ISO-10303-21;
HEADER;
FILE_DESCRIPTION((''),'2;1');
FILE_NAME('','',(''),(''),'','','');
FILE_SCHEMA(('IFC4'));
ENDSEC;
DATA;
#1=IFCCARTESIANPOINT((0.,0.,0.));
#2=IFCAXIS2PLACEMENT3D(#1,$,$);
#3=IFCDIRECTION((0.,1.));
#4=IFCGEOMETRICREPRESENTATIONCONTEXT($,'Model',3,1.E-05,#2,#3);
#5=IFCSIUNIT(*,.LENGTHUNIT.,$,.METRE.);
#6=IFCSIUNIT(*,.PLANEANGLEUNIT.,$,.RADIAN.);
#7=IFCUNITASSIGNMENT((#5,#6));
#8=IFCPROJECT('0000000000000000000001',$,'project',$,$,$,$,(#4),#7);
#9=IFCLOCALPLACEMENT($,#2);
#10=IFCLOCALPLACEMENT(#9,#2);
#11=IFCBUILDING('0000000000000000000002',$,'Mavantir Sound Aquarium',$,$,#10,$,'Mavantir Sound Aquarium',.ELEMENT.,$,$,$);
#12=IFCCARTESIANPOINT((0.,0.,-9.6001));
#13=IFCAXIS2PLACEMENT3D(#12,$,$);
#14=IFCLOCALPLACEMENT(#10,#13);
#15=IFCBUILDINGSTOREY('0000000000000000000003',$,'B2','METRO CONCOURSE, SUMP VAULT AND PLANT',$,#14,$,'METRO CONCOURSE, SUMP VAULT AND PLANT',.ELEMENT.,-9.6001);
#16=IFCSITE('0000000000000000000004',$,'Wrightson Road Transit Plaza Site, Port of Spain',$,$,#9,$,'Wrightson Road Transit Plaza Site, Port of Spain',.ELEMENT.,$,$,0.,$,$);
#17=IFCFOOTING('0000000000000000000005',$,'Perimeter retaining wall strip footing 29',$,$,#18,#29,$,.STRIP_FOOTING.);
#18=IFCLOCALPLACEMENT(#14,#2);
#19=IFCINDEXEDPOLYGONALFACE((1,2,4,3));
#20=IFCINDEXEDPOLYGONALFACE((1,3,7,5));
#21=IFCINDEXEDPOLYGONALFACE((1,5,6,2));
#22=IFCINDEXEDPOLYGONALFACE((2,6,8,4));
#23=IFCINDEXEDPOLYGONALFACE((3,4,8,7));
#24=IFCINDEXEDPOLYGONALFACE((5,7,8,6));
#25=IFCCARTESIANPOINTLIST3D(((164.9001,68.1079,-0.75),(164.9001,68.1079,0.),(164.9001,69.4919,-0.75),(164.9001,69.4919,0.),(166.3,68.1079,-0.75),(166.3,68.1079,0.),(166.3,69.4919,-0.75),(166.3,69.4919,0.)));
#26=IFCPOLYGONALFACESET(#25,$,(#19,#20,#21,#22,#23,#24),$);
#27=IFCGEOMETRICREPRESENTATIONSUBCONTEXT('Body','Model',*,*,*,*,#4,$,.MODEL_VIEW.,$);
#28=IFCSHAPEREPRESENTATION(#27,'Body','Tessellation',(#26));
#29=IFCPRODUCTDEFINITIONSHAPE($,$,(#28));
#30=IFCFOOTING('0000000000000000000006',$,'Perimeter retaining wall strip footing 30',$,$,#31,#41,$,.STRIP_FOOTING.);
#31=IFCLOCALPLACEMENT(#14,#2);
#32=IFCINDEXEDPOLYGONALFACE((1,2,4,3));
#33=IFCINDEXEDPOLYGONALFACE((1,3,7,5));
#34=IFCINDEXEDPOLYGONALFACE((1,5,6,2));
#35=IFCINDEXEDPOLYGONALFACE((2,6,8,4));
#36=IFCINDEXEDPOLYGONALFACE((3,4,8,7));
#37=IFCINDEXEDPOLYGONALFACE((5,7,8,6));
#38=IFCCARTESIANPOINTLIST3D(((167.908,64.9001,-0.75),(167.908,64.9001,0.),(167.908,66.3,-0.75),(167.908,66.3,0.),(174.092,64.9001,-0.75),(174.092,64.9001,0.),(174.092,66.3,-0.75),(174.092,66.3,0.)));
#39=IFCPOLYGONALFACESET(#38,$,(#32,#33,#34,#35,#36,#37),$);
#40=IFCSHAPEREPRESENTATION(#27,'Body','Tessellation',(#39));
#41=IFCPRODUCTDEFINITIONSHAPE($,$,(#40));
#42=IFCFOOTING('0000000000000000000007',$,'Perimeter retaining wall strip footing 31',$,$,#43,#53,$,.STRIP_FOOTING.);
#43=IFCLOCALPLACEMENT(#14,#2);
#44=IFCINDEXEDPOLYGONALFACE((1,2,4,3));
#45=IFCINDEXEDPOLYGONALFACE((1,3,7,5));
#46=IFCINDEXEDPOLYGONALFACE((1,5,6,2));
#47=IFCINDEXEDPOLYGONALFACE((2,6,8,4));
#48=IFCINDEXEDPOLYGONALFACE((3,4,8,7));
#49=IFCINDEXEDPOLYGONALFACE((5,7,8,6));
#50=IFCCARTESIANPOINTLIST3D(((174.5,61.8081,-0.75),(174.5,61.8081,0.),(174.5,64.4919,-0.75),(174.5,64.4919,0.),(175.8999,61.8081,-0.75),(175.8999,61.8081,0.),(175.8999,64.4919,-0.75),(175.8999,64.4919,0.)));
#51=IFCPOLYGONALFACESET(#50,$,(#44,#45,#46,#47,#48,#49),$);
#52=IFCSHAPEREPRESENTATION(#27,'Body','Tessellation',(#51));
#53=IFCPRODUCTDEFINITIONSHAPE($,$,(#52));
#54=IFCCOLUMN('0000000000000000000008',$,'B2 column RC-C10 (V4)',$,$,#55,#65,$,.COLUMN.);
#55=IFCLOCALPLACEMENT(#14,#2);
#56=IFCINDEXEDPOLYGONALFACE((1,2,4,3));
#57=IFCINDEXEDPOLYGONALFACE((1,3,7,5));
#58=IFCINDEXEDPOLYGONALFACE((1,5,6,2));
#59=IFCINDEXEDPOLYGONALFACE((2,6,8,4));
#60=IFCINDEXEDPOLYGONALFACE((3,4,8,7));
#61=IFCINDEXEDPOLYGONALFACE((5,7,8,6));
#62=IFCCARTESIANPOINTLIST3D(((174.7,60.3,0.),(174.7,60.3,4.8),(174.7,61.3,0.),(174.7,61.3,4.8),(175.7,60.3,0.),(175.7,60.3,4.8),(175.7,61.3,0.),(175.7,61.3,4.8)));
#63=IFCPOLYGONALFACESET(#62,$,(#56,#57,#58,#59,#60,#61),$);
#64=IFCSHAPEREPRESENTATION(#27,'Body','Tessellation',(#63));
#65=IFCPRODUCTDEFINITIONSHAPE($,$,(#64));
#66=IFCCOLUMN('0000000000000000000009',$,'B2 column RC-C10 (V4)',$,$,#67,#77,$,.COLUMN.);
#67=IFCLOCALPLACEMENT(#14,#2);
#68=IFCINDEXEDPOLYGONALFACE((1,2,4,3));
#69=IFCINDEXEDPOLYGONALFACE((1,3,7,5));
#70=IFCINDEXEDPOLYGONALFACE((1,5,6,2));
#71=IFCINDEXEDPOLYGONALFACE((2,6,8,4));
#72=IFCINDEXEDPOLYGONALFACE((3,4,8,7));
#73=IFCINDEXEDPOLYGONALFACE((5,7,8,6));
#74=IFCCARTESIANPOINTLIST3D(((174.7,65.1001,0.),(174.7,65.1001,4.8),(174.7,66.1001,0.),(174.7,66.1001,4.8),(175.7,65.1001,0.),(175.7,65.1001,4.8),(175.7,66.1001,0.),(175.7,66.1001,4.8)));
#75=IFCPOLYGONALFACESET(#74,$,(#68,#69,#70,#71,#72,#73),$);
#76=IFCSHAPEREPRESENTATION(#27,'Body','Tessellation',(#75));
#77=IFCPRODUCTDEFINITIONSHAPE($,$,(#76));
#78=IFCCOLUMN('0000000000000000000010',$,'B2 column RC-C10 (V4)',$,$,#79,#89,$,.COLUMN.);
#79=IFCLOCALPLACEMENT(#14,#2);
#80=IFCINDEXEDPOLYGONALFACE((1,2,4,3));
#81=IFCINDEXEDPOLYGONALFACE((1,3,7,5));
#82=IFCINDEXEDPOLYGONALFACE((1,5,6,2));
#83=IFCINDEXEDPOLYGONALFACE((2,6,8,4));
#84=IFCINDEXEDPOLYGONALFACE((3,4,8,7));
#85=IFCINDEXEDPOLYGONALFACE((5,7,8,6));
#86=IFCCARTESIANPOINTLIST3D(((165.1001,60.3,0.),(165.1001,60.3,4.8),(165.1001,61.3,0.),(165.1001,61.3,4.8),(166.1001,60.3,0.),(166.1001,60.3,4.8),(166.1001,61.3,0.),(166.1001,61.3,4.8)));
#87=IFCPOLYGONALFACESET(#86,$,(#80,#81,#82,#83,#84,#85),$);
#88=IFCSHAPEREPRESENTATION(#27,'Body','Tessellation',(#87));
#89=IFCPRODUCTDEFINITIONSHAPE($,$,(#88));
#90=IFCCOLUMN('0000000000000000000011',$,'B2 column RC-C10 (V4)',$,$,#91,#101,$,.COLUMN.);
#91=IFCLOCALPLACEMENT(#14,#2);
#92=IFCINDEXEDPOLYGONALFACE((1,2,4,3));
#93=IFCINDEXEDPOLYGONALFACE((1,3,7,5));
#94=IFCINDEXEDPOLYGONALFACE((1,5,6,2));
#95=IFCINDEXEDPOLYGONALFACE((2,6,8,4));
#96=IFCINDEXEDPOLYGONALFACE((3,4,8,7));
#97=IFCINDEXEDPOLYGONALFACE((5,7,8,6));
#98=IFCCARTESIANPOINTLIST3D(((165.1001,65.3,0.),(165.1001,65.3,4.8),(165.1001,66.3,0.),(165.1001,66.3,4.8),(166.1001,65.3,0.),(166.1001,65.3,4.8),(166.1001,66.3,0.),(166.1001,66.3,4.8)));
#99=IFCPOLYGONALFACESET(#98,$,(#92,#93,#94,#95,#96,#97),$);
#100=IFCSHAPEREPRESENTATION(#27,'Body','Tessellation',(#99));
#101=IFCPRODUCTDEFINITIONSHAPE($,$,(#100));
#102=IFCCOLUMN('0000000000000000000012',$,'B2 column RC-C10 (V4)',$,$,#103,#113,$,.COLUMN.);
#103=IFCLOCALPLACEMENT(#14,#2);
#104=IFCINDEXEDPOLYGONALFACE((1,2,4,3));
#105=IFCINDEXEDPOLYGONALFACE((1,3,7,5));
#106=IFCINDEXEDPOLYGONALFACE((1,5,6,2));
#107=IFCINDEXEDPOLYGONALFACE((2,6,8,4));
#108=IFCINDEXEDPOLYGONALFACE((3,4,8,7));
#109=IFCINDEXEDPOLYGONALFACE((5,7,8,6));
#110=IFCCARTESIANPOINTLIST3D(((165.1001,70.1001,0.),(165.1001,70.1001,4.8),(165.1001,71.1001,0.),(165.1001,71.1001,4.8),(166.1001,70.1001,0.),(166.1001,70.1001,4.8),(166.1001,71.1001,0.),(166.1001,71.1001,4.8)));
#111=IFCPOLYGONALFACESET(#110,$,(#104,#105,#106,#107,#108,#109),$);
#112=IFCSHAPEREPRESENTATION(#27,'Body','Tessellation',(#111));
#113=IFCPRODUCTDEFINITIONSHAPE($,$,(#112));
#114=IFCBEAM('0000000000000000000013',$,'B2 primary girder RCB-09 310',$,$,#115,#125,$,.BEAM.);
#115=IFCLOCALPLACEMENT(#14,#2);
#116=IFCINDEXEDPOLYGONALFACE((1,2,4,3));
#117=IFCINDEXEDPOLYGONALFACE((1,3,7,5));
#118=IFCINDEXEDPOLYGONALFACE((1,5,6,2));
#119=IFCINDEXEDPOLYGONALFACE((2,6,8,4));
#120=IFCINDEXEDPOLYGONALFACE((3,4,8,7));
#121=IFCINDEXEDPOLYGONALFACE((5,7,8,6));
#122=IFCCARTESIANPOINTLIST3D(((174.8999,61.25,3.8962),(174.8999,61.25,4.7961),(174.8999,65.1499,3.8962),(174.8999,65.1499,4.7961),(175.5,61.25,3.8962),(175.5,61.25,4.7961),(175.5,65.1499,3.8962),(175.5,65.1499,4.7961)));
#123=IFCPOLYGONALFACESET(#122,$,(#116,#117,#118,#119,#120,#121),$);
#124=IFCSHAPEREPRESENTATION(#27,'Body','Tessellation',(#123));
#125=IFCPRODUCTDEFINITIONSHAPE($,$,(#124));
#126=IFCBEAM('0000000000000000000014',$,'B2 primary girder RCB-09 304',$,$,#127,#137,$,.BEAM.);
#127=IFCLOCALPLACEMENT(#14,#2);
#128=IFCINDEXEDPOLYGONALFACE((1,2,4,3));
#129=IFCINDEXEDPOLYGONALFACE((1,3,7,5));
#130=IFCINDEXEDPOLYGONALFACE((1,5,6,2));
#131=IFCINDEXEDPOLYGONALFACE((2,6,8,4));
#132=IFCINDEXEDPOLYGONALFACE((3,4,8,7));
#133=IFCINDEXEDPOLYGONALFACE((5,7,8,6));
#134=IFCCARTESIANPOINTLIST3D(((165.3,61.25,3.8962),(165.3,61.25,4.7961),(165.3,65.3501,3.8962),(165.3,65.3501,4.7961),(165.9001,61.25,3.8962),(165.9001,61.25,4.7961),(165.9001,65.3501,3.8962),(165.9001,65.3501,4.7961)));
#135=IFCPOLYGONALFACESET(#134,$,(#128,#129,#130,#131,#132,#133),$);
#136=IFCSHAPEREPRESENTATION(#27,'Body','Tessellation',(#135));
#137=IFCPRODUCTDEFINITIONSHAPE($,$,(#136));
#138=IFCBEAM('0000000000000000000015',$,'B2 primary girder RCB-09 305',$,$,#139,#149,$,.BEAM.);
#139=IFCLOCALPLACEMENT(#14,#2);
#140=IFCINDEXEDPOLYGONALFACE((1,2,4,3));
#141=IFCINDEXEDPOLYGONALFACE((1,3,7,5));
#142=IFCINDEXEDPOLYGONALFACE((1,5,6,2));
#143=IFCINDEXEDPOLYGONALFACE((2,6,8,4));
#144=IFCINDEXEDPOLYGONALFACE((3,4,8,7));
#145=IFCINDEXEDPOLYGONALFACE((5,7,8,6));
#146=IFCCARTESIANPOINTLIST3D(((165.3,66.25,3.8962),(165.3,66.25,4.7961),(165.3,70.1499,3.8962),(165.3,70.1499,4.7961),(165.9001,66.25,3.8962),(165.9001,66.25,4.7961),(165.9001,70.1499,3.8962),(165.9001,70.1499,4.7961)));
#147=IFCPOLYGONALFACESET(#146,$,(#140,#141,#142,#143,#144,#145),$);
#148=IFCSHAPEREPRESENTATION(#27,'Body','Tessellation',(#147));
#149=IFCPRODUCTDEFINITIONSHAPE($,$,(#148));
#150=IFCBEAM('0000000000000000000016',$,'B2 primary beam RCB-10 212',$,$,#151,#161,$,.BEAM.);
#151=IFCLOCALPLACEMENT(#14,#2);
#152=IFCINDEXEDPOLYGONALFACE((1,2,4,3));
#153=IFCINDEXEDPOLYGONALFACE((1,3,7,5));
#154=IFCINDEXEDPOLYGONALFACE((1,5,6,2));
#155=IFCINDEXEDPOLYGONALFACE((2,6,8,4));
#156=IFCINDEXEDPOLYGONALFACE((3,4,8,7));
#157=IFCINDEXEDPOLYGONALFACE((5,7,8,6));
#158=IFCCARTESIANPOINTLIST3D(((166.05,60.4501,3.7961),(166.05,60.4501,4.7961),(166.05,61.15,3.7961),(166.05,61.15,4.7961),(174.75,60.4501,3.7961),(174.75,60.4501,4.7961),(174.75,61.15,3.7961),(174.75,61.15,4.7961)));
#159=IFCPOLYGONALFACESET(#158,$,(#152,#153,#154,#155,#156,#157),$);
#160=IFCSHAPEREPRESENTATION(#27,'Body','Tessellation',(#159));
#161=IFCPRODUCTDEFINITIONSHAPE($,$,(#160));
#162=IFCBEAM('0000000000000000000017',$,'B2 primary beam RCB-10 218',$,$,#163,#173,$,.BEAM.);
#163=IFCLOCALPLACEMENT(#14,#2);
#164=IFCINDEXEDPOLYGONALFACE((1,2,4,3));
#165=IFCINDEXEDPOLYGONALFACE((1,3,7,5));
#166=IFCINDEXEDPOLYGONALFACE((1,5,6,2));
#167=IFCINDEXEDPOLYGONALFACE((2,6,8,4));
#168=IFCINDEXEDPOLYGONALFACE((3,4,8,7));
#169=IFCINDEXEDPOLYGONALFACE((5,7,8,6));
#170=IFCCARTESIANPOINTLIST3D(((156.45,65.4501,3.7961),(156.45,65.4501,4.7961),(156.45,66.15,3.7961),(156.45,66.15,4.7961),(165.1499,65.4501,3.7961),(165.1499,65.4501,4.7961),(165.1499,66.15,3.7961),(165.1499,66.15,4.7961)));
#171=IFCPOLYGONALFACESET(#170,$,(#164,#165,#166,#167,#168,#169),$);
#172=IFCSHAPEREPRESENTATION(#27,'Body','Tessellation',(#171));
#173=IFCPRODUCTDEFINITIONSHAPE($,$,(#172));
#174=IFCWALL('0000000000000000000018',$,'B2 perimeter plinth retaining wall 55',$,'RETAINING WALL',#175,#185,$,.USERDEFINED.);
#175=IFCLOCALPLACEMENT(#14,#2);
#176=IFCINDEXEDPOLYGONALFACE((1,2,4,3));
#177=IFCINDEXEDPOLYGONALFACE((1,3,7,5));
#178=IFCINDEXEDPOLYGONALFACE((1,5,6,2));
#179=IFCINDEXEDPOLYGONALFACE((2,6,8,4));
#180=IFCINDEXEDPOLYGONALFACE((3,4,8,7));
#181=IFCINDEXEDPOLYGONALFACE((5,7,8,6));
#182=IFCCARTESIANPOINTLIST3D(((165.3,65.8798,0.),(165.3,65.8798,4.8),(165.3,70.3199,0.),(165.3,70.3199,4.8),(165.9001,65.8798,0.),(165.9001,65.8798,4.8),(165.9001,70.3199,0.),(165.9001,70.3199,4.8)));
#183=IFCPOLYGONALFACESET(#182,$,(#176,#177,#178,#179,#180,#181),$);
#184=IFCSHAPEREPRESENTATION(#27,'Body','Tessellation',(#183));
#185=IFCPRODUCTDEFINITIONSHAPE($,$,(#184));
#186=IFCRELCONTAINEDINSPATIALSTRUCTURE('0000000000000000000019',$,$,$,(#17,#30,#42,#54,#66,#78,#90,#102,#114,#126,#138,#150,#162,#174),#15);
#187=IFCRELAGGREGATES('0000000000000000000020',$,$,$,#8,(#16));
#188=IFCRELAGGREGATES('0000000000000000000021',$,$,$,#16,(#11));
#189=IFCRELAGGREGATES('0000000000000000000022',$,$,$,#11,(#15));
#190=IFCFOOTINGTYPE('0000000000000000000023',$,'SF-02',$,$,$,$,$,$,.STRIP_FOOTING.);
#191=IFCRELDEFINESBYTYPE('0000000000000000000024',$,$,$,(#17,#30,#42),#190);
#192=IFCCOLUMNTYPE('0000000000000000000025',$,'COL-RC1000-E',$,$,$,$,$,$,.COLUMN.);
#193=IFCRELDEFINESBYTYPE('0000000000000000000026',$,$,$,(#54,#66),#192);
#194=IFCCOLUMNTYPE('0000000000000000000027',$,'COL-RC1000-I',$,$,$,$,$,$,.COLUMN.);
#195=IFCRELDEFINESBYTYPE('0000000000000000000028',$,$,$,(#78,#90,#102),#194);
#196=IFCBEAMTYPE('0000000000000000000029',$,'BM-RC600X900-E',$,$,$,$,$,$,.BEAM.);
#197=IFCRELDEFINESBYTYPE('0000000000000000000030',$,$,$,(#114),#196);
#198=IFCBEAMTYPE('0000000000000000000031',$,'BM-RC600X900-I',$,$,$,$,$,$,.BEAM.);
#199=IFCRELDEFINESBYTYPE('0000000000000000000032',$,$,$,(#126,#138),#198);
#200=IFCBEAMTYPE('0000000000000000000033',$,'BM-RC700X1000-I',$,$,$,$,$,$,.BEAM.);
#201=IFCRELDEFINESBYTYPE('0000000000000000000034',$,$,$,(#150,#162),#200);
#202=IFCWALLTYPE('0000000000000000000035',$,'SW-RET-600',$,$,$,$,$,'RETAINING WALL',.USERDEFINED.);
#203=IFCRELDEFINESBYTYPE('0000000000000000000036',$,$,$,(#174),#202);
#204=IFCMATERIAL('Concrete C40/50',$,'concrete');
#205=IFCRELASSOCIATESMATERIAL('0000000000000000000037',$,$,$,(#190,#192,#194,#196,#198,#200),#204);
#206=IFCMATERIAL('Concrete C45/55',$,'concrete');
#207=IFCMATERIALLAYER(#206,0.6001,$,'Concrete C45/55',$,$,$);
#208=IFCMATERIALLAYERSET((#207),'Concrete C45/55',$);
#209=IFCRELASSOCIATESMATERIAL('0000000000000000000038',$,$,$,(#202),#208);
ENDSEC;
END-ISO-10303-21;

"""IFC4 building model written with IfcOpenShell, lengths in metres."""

from ifc_helpers import new_model, si_unit, direction, frame, frame_2d, origin, origin_2d, place, context, subcontext, project, spatial, rectangle, extrude, material, layer, layer_set, material_profile, profile_set, type_object, element, save


model = new_model("IFC4")

# Units and contexts
model_context = context("Model", 3, precision=1e-05, world=origin(), true_north=direction((0.0, 1.0)))
body_context = subcontext(model_context, "Body", "Model", "MODEL_VIEW")
ifc_project = project(units=[si_unit("LENGTHUNIT", "METRE"), si_unit("PLANEANGLEUNIT", "RADIAN")], contexts=[model_context])

# Site, building, storey
site_placement = place(None, origin())
site = spatial("IfcSite", under=ifc_project, at=site_placement, Name="Wrightson Road Transit Plaza Site, Port of Spain", LongName="Wrightson Road Transit Plaza Site, Port of Spain", CompositionType="ELEMENT", RefElevation=0.0)
building_placement = place(site_placement, origin())
building = spatial("IfcBuilding", under=site, at=building_placement, Name="Mavantir Sound Aquarium", LongName="Mavantir Sound Aquarium", CompositionType="ELEMENT")
storey_placement = place(building_placement, frame((0.0, 0.0, -9.6001)))
storey = spatial("IfcBuildingStorey", under=building, at=storey_placement, Name="B2", Description="METRO CONCOURSE, SUMP VAULT AND PLANT", LongName="METRO CONCOURSE, SUMP VAULT AND PLANT", CompositionType="ELEMENT", Elevation=-9.6001)

# Shared definitions
ifc_material_1 = material(Name="Concrete C40/50", Category="concrete")

# Footings
ifc_material_profile_1 = material_profile(ifc_material_1, rectangle(XDim=1.3999, YDim=0.75, at=origin_2d()), Name="RC 1400X750")
ifc_profile_set_1 = profile_set([ifc_material_profile_1], Name="Concrete C40/50")
footing_type_1 = type_object("IfcFootingType", Name="SF-02", PredefinedType="STRIP_FOOTING", material=ifc_profile_set_1)
footing_1_placement = place(storey_placement, frame((165.6001, 69.4919, -0.375), z_axis=(0.0, -1.0, 0.0), x_axis=(1.0, 0.0, 0.0)))
element("IfcFooting", 1, at=footing_1_placement, inside=storey, type_object=footing_type_1, Name="Perimeter retaining wall strip footing 29", PredefinedType="STRIP_FOOTING", context=body_context, shape_type="SweptSolid", body=[
    extrude(rectangle(XDim=1.3999, YDim=0.75, at=origin_2d()), origin(), (0.0, 0.0, 1.0), 1.384),
])
footing_2_placement = place(storey_placement, frame((167.908, 65.6001, -0.375), z_axis=(1.0, 0.0, 0.0), x_axis=(0.0, 1.0, 0.0)))
element("IfcFooting", 2, at=footing_2_placement, inside=storey, type_object=footing_type_1, Name="Perimeter retaining wall strip footing 30", PredefinedType="STRIP_FOOTING", context=body_context, shape_type="SweptSolid", body=[
    extrude(rectangle(XDim=1.3999, YDim=0.75, at=origin_2d()), origin(), (0.0, 0.0, 1.0), 6.1841),
])
footing_3_placement = place(storey_placement, frame((175.2, 64.4919, -0.375), z_axis=(0.0, -1.0, 0.0), x_axis=(1.0, 0.0, 0.0)))
element("IfcFooting", 3, at=footing_3_placement, inside=storey, type_object=footing_type_1, Name="Perimeter retaining wall strip footing 31", PredefinedType="STRIP_FOOTING", context=body_context, shape_type="SweptSolid", body=[
    extrude(rectangle(XDim=1.3999, YDim=0.75, at=origin_2d()), origin(), (0.0, 0.0, 1.0), 2.6838),
])

# Columns
ifc_material_profile_2 = material_profile(ifc_material_1, rectangle(XDim=1.0, YDim=1.0, at=origin_2d()), Name="RC 1000X1000")
ifc_profile_set_2 = profile_set([ifc_material_profile_2], Name="Concrete C40/50")
column_type_1 = type_object("IfcColumnType", Name="COL-RC1000-E", PredefinedType="COLUMN", material=ifc_profile_set_2)
for number, where, z_axis, x_axis, name in (
    (4, (175.2, 60.8, 0.0), (0.0, 0.0, 1.0), (1.0, 0.0, 0.0), "B2 column RC-C10 (V4)"),
    (5, (175.2, 65.6001, 0.0), (0.0, 0.0, 1.0), (1.0, 0.0, 0.0), "B2 column RC-C10 (V4)"),
):
    element("IfcColumn", number, at=place(storey_placement, frame(where, z_axis=z_axis, x_axis=x_axis)), inside=storey, type_object=column_type_1, Name=name, PredefinedType="COLUMN", context=body_context, shape_type="SweptSolid", body=[
        extrude(rectangle(XDim=1.0, YDim=1.0, at=origin_2d()), origin(), (0.0, 0.0, 1.0), 4.8),
    ])
ifc_material_profile_3 = material_profile(ifc_material_1, rectangle(XDim=1.0, YDim=1.0, at=origin_2d()), Name="RC 1000X1000")
ifc_profile_set_3 = profile_set([ifc_material_profile_3], Name="Concrete C40/50")
column_type_2 = type_object("IfcColumnType", Name="COL-RC1000-I", PredefinedType="COLUMN", material=ifc_profile_set_3)
for number, where, z_axis, x_axis, name in (
    (6, (165.6001, 60.8, 0.0), (0.0, 0.0, 1.0), (1.0, 0.0, 0.0), "B2 column RC-C10 (V4)"),
    (7, (165.6001, 65.8, 0.0), (0.0, 0.0, 1.0), (1.0, 0.0, 0.0), "B2 column RC-C10 (V4)"),
    (8, (165.6001, 70.6001, 0.0), (0.0, 0.0, 1.0), (1.0, 0.0, 0.0), "B2 column RC-C10 (V4)"),
):
    element("IfcColumn", number, at=place(storey_placement, frame(where, z_axis=z_axis, x_axis=x_axis)), inside=storey, type_object=column_type_2, Name=name, PredefinedType="COLUMN", context=body_context, shape_type="SweptSolid", body=[
        extrude(rectangle(XDim=1.0, YDim=1.0, at=origin_2d()), origin(), (0.0, 0.0, 1.0), 4.8),
    ])

# Beams
ifc_material_profile_4 = material_profile(ifc_material_1, rectangle(XDim=0.6001, YDim=0.8999, at=origin_2d()), Name="RC 600X900")
ifc_profile_set_4 = profile_set([ifc_material_profile_4], Name="Concrete C40/50")
beam_type_1 = type_object("IfcBeamType", Name="BM-RC600X900-E", PredefinedType="BEAM", material=ifc_profile_set_4)
beam_1_placement = place(storey_placement, frame((175.2, 61.25, 4.3462), z_axis=(0.0, 1.0, 0.0), x_axis=(-1.0, 0.0, 0.0)))
element("IfcBeam", 9, at=beam_1_placement, inside=storey, type_object=beam_type_1, Name="B2 primary girder RCB-09 310", PredefinedType="BEAM", context=body_context, shape_type="SweptSolid", body=[
    extrude(rectangle(XDim=0.6001, YDim=0.8999, at=origin_2d()), origin(), (0.0, 0.0, 1.0), 3.8999),
])
ifc_material_profile_5 = material_profile(ifc_material_1, rectangle(XDim=0.6001, YDim=0.8999, at=origin_2d()), Name="RC 600X900")
ifc_profile_set_5 = profile_set([ifc_material_profile_5], Name="Concrete C40/50")
beam_type_2 = type_object("IfcBeamType", Name="BM-RC600X900-I", PredefinedType="BEAM", material=ifc_profile_set_5)
beam_2_placement = place(storey_placement, frame((165.6001, 61.25, 4.3462), z_axis=(0.0, 1.0, 0.0), x_axis=(-1.0, 0.0, 0.0)))
element("IfcBeam", 10, at=beam_2_placement, inside=storey, type_object=beam_type_2, Name="B2 primary girder RCB-09 304", PredefinedType="BEAM", context=body_context, shape_type="SweptSolid", body=[
    extrude(rectangle(XDim=0.6001, YDim=0.8999, at=origin_2d()), origin(), (0.0, 0.0, 1.0), 4.1001),
])
beam_3_placement = place(storey_placement, frame((165.6001, 66.25, 4.3462), z_axis=(0.0, 1.0, 0.0), x_axis=(-1.0, 0.0, 0.0)))
element("IfcBeam", 11, at=beam_3_placement, inside=storey, type_object=beam_type_2, Name="B2 primary girder RCB-09 305", PredefinedType="BEAM", context=body_context, shape_type="SweptSolid", body=[
    extrude(rectangle(XDim=0.6001, YDim=0.8999, at=origin_2d()), origin(), (0.0, 0.0, 1.0), 3.8999),
])
ifc_material_profile_6 = material_profile(ifc_material_1, rectangle(XDim=0.7, YDim=1.0, at=origin_2d()), Name="RC 700X1000")
ifc_profile_set_6 = profile_set([ifc_material_profile_6], Name="Concrete C40/50")
beam_type_3 = type_object("IfcBeamType", Name="BM-RC700X1000-I", PredefinedType="BEAM", material=ifc_profile_set_6)
for number, where, z_axis, x_axis, name in (
    (12, (166.05, 60.8, 4.2961), (1.0, 0.0, 0.0), (0.0, 1.0, 0.0), "B2 primary beam RCB-10 212"),
    (13, (156.45, 65.8, 4.2961), (1.0, 0.0, 0.0), (0.0, 1.0, 0.0), "B2 primary beam RCB-10 218"),
):
    element("IfcBeam", number, at=place(storey_placement, frame(where, z_axis=z_axis, x_axis=x_axis)), inside=storey, type_object=beam_type_3, Name=name, PredefinedType="BEAM", context=body_context, shape_type="SweptSolid", body=[
        extrude(rectangle(XDim=0.7, YDim=1.0, at=origin_2d()), origin(), (0.0, 0.0, 1.0), 8.7),
    ])

# Wall
ifc_material_2 = material(Name="Concrete C45/55", Category="concrete")
ifc_layer = layer(ifc_material_2, 0.6001, Name="Concrete C45/55")
ifc_layer_set = layer_set([ifc_layer], Name="Concrete C45/55")
wall_type = type_object("IfcWallType", Name="SW-RET-600", ElementType="RETAINING WALL", PredefinedType="USERDEFINED", material=ifc_layer_set)
wall_1_placement = place(storey_placement, frame((165.6001, 70.3201, 0.0), z_axis=(0.0, 0.0, 1.0), x_axis=(0.0, -1.0, 0.0)))
element("IfcWall", 14, at=wall_1_placement, inside=storey, type_object=wall_type, Name="B2 perimeter plinth retaining wall 55", ObjectType="RETAINING WALL", PredefinedType="USERDEFINED", context=body_context, shape_type="SweptSolid", body=[
    extrude(rectangle(XDim=4.4402, YDim=0.6001, at=frame_2d((2.2202, 0.0))), origin(), (0.0, 0.0, 1.0), 4.8),
])

save(model, "model.ifc")
